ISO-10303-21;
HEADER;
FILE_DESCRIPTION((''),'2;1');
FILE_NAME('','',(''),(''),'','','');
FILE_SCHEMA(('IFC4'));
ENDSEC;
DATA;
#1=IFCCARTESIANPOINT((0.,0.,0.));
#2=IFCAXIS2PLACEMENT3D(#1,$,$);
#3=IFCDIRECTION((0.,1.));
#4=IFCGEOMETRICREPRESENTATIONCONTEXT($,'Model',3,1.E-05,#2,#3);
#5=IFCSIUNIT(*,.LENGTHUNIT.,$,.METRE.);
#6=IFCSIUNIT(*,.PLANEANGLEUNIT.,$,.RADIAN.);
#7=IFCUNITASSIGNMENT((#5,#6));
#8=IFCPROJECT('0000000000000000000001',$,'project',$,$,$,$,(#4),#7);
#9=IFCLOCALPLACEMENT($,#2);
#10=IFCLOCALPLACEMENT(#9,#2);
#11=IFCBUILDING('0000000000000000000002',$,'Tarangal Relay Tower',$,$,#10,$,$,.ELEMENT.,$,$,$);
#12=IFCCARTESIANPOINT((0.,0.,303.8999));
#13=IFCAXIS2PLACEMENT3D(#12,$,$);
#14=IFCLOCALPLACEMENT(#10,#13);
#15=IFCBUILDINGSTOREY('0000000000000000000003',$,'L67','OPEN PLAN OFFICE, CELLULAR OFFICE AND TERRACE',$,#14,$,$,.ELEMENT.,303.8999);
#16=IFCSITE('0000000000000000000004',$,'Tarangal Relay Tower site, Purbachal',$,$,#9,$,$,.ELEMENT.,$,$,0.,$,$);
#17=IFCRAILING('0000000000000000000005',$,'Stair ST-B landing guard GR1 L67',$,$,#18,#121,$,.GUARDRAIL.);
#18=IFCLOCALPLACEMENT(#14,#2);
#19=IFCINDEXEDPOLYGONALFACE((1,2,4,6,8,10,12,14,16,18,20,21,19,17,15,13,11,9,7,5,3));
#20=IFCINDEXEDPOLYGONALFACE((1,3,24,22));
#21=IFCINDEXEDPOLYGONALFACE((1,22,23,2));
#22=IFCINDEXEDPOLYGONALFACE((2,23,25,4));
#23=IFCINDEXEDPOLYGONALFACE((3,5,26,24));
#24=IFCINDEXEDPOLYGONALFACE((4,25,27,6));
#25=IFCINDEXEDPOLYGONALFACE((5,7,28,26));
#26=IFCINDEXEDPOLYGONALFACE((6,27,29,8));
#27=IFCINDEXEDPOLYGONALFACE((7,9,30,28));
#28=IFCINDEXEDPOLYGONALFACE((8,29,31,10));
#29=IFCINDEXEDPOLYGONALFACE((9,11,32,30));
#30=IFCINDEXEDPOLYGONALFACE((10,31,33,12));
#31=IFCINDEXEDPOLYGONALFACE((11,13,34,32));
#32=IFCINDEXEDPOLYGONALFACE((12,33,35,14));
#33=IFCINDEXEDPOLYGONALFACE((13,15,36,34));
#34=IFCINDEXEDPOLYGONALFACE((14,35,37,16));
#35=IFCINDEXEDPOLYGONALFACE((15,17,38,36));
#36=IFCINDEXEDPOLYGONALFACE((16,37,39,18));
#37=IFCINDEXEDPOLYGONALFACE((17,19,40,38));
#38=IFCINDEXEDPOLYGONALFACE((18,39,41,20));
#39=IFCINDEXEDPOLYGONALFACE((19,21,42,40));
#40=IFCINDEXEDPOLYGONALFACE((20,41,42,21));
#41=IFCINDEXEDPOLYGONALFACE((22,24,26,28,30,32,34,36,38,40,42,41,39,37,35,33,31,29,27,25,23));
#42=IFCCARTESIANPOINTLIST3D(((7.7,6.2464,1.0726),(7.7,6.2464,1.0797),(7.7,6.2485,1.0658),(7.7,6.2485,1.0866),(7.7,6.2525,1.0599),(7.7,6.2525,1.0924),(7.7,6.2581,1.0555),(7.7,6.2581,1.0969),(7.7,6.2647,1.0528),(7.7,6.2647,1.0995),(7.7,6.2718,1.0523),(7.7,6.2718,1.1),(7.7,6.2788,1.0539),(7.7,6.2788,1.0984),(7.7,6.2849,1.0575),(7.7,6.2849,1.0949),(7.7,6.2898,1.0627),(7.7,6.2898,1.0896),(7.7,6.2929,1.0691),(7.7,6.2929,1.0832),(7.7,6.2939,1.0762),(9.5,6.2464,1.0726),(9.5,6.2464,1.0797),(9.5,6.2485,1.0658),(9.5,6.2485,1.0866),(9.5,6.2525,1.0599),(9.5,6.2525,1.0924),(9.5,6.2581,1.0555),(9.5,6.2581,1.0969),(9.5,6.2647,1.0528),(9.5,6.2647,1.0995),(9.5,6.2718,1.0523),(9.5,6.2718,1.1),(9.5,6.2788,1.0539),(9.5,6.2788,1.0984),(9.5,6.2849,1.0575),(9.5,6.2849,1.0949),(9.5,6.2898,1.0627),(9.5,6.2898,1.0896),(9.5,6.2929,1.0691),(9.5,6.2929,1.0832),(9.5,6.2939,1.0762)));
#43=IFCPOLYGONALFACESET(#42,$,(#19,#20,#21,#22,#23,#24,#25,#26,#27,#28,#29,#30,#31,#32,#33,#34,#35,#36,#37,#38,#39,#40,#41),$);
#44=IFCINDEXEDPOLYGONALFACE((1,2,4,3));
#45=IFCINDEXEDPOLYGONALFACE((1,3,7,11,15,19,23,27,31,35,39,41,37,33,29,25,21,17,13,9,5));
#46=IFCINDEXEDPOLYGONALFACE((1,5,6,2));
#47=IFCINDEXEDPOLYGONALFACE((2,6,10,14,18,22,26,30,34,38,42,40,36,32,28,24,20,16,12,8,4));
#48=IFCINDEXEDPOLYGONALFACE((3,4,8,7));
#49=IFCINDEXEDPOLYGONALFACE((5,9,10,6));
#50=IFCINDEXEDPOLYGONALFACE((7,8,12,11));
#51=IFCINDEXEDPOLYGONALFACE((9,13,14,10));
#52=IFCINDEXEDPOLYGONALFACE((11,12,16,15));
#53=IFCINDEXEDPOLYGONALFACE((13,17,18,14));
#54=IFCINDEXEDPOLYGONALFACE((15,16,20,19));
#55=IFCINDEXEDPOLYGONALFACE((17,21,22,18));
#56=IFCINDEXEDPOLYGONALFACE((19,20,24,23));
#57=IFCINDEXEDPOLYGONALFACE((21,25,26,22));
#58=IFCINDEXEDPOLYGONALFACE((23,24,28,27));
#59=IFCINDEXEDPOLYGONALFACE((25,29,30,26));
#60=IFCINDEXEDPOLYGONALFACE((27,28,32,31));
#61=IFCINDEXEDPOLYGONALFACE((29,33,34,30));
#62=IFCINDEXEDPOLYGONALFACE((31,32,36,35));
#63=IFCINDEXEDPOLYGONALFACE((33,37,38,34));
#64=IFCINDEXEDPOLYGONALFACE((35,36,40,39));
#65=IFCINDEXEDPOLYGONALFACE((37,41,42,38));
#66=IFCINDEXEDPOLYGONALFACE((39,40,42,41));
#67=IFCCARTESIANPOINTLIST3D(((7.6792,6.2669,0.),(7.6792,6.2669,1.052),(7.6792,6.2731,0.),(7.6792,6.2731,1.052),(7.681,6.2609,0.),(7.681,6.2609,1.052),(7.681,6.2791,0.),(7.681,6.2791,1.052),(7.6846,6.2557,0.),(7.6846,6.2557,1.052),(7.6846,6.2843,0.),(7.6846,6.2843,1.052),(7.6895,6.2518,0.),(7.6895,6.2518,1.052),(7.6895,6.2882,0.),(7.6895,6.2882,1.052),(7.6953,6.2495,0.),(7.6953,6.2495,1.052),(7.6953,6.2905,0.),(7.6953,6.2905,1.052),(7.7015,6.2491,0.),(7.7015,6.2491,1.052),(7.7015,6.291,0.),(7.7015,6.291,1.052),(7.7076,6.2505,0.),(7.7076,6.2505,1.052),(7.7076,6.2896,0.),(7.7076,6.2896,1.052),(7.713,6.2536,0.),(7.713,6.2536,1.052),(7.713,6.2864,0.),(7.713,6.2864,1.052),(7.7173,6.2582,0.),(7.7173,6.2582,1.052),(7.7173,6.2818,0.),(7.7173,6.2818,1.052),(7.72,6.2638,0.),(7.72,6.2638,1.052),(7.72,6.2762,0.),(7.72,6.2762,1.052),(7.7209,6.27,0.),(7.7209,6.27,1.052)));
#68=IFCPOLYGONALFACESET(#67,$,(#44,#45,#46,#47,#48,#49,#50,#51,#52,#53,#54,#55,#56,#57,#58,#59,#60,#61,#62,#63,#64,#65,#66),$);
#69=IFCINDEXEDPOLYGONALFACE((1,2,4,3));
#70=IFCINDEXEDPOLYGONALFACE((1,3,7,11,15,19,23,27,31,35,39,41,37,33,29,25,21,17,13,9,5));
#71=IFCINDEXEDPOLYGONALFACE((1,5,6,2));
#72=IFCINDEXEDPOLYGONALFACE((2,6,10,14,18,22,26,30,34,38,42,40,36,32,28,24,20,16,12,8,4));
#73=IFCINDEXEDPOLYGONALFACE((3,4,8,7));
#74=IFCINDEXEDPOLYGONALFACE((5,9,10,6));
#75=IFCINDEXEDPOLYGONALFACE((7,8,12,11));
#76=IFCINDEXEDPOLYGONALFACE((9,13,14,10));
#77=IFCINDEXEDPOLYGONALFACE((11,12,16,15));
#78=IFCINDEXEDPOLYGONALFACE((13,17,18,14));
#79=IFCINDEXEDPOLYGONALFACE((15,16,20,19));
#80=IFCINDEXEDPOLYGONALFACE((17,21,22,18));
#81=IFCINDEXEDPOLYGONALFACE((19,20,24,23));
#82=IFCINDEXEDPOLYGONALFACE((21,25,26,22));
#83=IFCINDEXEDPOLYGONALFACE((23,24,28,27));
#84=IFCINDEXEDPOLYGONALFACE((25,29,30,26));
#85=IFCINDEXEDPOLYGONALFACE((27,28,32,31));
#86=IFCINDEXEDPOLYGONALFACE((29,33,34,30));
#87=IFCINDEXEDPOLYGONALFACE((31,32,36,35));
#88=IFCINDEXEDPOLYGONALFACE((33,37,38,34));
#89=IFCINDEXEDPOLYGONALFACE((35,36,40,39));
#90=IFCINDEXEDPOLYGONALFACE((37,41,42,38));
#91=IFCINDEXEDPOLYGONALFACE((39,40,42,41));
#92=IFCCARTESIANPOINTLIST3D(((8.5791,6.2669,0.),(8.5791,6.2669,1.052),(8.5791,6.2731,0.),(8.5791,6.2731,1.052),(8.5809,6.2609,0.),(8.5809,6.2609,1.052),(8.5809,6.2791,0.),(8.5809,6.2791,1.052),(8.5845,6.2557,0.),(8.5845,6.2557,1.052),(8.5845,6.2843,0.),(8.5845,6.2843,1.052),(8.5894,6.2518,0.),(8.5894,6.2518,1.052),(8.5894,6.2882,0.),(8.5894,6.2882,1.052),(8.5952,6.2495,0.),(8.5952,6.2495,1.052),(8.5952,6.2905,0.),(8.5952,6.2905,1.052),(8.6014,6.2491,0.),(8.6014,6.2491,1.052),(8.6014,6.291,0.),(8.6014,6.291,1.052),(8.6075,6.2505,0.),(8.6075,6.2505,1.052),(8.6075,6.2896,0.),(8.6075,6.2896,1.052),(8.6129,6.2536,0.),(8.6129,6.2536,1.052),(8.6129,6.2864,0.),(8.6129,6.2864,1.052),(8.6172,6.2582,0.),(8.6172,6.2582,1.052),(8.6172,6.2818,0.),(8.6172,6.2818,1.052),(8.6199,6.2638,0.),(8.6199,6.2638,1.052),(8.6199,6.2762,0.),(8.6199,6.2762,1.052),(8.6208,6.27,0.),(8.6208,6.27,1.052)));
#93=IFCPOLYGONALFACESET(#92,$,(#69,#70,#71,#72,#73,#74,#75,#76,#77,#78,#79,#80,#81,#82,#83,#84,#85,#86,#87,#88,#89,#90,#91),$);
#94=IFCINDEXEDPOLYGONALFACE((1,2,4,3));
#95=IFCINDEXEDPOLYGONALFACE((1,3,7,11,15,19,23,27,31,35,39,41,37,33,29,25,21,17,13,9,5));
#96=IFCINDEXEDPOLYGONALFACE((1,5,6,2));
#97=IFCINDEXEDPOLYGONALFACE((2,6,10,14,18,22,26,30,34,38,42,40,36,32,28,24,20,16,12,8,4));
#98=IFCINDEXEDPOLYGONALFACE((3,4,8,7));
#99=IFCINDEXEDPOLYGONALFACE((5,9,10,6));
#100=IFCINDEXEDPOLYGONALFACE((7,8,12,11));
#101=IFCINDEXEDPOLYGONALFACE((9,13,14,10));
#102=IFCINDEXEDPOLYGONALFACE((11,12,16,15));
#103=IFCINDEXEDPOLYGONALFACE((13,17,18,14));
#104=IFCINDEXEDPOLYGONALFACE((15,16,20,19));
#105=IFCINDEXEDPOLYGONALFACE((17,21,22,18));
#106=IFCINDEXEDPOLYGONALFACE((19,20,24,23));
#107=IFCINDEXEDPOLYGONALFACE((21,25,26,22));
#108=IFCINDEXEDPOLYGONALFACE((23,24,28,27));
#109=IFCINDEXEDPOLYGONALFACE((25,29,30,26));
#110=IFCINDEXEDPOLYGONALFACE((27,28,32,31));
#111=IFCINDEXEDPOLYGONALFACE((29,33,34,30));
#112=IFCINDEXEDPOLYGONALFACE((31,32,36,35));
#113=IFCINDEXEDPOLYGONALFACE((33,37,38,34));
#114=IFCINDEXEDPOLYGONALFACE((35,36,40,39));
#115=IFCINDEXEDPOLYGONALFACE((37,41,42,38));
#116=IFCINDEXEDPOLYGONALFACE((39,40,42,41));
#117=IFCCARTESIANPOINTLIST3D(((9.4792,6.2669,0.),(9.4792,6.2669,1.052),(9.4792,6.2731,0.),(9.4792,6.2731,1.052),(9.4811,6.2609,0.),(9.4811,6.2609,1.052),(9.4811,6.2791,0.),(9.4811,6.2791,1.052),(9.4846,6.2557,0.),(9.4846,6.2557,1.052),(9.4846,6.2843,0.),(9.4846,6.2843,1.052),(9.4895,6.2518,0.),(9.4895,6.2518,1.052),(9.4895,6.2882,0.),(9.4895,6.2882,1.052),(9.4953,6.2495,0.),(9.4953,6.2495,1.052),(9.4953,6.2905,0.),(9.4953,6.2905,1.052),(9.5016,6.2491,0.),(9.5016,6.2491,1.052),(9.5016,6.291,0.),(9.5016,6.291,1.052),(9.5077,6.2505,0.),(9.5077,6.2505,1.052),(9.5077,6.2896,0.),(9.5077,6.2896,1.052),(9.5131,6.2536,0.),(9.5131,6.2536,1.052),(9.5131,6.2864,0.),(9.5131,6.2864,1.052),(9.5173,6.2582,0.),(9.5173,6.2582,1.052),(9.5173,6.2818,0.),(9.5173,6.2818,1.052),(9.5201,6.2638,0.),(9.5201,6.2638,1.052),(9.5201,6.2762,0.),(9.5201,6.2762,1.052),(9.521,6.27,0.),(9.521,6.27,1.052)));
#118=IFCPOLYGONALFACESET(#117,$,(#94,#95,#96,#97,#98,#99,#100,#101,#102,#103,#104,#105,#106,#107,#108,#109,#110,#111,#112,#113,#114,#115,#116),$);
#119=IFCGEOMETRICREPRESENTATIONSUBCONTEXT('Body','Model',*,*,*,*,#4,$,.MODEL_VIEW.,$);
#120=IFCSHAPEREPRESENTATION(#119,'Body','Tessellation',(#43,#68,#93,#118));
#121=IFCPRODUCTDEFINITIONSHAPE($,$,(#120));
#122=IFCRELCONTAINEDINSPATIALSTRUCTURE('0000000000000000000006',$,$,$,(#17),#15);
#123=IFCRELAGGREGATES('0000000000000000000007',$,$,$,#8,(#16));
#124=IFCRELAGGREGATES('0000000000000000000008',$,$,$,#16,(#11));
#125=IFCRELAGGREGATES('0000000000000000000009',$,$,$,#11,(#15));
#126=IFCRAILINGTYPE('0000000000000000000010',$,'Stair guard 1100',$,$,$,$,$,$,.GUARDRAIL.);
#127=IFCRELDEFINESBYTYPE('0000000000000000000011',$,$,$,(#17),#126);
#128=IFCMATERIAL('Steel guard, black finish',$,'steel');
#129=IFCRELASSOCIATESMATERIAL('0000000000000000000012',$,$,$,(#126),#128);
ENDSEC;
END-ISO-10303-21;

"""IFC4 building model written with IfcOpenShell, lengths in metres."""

from ifc_helpers import new_model, si_unit, direction, frame, origin, origin_2d, place, context, subcontext, project, spatial, circle, extrude, material, type_object, element, save


model = new_model("IFC4")

# Units and contexts
model_context = context("Model", 3, precision=1e-05, world=origin(), true_north=direction((0.0, 1.0)))
body_context = subcontext(model_context, "Body", "Model", "MODEL_VIEW")
ifc_project = project(units=[si_unit("LENGTHUNIT", "METRE"), si_unit("PLANEANGLEUNIT", "RADIAN")], contexts=[model_context])

# Site, building, storey
site_placement = place(None, origin())
site = spatial("IfcSite", under=ifc_project, at=site_placement, Name="Tarangal Relay Tower site, Purbachal", CompositionType="ELEMENT", RefElevation=0.0)
building_placement = place(site_placement, origin())
building = spatial("IfcBuilding", under=site, at=building_placement, Name="Tarangal Relay Tower", CompositionType="ELEMENT")
storey_placement = place(building_placement, frame((0.0, 0.0, 303.8999)))
storey = spatial("IfcBuildingStorey", under=building, at=storey_placement, Name="L67", Description="OPEN PLAN OFFICE, CELLULAR OFFICE AND TERRACE", CompositionType="ELEMENT", Elevation=303.8999)

# Railing
ifc_material_1 = material(Name="Steel guard, black finish", Category="steel")
railing_type_1 = type_object("IfcRailingType", Name="Stair guard 1100", PredefinedType="GUARDRAIL", material=ifc_material_1)
railing_1_placement = place(storey_placement, frame((7.7, 6.27, 0.0)))
element("IfcRailing", 1, at=railing_1_placement, inside=storey, type_object=railing_type_1, Name="Stair ST-B landing guard GR1 L67", PredefinedType="GUARDRAIL", context=body_context, shape_type="SweptSolid", body=[
    extrude(circle(Radius=0.0239, at=origin_2d()), frame((0.0, 0.0, 1.0762), z_axis=(1.0, 0.0, 0.0), x_axis=(0.0, 1.0, 0.0)), (0.0, 0.0, 1.0), 1.8),
    extrude(circle(Radius=0.021, at=origin_2d()), origin(), (0.0, 0.0, 1.0), 1.052),
    extrude(circle(Radius=0.021, at=origin_2d()), frame((0.8999, 0.0, 0.0)), (0.0, 0.0, 1.0), 1.052),
    extrude(circle(Radius=0.021, at=origin_2d()), frame((1.8, 0.0, 0.0)), (0.0, 0.0, 1.0), 1.052),
])

save(model, "model.ifc")
